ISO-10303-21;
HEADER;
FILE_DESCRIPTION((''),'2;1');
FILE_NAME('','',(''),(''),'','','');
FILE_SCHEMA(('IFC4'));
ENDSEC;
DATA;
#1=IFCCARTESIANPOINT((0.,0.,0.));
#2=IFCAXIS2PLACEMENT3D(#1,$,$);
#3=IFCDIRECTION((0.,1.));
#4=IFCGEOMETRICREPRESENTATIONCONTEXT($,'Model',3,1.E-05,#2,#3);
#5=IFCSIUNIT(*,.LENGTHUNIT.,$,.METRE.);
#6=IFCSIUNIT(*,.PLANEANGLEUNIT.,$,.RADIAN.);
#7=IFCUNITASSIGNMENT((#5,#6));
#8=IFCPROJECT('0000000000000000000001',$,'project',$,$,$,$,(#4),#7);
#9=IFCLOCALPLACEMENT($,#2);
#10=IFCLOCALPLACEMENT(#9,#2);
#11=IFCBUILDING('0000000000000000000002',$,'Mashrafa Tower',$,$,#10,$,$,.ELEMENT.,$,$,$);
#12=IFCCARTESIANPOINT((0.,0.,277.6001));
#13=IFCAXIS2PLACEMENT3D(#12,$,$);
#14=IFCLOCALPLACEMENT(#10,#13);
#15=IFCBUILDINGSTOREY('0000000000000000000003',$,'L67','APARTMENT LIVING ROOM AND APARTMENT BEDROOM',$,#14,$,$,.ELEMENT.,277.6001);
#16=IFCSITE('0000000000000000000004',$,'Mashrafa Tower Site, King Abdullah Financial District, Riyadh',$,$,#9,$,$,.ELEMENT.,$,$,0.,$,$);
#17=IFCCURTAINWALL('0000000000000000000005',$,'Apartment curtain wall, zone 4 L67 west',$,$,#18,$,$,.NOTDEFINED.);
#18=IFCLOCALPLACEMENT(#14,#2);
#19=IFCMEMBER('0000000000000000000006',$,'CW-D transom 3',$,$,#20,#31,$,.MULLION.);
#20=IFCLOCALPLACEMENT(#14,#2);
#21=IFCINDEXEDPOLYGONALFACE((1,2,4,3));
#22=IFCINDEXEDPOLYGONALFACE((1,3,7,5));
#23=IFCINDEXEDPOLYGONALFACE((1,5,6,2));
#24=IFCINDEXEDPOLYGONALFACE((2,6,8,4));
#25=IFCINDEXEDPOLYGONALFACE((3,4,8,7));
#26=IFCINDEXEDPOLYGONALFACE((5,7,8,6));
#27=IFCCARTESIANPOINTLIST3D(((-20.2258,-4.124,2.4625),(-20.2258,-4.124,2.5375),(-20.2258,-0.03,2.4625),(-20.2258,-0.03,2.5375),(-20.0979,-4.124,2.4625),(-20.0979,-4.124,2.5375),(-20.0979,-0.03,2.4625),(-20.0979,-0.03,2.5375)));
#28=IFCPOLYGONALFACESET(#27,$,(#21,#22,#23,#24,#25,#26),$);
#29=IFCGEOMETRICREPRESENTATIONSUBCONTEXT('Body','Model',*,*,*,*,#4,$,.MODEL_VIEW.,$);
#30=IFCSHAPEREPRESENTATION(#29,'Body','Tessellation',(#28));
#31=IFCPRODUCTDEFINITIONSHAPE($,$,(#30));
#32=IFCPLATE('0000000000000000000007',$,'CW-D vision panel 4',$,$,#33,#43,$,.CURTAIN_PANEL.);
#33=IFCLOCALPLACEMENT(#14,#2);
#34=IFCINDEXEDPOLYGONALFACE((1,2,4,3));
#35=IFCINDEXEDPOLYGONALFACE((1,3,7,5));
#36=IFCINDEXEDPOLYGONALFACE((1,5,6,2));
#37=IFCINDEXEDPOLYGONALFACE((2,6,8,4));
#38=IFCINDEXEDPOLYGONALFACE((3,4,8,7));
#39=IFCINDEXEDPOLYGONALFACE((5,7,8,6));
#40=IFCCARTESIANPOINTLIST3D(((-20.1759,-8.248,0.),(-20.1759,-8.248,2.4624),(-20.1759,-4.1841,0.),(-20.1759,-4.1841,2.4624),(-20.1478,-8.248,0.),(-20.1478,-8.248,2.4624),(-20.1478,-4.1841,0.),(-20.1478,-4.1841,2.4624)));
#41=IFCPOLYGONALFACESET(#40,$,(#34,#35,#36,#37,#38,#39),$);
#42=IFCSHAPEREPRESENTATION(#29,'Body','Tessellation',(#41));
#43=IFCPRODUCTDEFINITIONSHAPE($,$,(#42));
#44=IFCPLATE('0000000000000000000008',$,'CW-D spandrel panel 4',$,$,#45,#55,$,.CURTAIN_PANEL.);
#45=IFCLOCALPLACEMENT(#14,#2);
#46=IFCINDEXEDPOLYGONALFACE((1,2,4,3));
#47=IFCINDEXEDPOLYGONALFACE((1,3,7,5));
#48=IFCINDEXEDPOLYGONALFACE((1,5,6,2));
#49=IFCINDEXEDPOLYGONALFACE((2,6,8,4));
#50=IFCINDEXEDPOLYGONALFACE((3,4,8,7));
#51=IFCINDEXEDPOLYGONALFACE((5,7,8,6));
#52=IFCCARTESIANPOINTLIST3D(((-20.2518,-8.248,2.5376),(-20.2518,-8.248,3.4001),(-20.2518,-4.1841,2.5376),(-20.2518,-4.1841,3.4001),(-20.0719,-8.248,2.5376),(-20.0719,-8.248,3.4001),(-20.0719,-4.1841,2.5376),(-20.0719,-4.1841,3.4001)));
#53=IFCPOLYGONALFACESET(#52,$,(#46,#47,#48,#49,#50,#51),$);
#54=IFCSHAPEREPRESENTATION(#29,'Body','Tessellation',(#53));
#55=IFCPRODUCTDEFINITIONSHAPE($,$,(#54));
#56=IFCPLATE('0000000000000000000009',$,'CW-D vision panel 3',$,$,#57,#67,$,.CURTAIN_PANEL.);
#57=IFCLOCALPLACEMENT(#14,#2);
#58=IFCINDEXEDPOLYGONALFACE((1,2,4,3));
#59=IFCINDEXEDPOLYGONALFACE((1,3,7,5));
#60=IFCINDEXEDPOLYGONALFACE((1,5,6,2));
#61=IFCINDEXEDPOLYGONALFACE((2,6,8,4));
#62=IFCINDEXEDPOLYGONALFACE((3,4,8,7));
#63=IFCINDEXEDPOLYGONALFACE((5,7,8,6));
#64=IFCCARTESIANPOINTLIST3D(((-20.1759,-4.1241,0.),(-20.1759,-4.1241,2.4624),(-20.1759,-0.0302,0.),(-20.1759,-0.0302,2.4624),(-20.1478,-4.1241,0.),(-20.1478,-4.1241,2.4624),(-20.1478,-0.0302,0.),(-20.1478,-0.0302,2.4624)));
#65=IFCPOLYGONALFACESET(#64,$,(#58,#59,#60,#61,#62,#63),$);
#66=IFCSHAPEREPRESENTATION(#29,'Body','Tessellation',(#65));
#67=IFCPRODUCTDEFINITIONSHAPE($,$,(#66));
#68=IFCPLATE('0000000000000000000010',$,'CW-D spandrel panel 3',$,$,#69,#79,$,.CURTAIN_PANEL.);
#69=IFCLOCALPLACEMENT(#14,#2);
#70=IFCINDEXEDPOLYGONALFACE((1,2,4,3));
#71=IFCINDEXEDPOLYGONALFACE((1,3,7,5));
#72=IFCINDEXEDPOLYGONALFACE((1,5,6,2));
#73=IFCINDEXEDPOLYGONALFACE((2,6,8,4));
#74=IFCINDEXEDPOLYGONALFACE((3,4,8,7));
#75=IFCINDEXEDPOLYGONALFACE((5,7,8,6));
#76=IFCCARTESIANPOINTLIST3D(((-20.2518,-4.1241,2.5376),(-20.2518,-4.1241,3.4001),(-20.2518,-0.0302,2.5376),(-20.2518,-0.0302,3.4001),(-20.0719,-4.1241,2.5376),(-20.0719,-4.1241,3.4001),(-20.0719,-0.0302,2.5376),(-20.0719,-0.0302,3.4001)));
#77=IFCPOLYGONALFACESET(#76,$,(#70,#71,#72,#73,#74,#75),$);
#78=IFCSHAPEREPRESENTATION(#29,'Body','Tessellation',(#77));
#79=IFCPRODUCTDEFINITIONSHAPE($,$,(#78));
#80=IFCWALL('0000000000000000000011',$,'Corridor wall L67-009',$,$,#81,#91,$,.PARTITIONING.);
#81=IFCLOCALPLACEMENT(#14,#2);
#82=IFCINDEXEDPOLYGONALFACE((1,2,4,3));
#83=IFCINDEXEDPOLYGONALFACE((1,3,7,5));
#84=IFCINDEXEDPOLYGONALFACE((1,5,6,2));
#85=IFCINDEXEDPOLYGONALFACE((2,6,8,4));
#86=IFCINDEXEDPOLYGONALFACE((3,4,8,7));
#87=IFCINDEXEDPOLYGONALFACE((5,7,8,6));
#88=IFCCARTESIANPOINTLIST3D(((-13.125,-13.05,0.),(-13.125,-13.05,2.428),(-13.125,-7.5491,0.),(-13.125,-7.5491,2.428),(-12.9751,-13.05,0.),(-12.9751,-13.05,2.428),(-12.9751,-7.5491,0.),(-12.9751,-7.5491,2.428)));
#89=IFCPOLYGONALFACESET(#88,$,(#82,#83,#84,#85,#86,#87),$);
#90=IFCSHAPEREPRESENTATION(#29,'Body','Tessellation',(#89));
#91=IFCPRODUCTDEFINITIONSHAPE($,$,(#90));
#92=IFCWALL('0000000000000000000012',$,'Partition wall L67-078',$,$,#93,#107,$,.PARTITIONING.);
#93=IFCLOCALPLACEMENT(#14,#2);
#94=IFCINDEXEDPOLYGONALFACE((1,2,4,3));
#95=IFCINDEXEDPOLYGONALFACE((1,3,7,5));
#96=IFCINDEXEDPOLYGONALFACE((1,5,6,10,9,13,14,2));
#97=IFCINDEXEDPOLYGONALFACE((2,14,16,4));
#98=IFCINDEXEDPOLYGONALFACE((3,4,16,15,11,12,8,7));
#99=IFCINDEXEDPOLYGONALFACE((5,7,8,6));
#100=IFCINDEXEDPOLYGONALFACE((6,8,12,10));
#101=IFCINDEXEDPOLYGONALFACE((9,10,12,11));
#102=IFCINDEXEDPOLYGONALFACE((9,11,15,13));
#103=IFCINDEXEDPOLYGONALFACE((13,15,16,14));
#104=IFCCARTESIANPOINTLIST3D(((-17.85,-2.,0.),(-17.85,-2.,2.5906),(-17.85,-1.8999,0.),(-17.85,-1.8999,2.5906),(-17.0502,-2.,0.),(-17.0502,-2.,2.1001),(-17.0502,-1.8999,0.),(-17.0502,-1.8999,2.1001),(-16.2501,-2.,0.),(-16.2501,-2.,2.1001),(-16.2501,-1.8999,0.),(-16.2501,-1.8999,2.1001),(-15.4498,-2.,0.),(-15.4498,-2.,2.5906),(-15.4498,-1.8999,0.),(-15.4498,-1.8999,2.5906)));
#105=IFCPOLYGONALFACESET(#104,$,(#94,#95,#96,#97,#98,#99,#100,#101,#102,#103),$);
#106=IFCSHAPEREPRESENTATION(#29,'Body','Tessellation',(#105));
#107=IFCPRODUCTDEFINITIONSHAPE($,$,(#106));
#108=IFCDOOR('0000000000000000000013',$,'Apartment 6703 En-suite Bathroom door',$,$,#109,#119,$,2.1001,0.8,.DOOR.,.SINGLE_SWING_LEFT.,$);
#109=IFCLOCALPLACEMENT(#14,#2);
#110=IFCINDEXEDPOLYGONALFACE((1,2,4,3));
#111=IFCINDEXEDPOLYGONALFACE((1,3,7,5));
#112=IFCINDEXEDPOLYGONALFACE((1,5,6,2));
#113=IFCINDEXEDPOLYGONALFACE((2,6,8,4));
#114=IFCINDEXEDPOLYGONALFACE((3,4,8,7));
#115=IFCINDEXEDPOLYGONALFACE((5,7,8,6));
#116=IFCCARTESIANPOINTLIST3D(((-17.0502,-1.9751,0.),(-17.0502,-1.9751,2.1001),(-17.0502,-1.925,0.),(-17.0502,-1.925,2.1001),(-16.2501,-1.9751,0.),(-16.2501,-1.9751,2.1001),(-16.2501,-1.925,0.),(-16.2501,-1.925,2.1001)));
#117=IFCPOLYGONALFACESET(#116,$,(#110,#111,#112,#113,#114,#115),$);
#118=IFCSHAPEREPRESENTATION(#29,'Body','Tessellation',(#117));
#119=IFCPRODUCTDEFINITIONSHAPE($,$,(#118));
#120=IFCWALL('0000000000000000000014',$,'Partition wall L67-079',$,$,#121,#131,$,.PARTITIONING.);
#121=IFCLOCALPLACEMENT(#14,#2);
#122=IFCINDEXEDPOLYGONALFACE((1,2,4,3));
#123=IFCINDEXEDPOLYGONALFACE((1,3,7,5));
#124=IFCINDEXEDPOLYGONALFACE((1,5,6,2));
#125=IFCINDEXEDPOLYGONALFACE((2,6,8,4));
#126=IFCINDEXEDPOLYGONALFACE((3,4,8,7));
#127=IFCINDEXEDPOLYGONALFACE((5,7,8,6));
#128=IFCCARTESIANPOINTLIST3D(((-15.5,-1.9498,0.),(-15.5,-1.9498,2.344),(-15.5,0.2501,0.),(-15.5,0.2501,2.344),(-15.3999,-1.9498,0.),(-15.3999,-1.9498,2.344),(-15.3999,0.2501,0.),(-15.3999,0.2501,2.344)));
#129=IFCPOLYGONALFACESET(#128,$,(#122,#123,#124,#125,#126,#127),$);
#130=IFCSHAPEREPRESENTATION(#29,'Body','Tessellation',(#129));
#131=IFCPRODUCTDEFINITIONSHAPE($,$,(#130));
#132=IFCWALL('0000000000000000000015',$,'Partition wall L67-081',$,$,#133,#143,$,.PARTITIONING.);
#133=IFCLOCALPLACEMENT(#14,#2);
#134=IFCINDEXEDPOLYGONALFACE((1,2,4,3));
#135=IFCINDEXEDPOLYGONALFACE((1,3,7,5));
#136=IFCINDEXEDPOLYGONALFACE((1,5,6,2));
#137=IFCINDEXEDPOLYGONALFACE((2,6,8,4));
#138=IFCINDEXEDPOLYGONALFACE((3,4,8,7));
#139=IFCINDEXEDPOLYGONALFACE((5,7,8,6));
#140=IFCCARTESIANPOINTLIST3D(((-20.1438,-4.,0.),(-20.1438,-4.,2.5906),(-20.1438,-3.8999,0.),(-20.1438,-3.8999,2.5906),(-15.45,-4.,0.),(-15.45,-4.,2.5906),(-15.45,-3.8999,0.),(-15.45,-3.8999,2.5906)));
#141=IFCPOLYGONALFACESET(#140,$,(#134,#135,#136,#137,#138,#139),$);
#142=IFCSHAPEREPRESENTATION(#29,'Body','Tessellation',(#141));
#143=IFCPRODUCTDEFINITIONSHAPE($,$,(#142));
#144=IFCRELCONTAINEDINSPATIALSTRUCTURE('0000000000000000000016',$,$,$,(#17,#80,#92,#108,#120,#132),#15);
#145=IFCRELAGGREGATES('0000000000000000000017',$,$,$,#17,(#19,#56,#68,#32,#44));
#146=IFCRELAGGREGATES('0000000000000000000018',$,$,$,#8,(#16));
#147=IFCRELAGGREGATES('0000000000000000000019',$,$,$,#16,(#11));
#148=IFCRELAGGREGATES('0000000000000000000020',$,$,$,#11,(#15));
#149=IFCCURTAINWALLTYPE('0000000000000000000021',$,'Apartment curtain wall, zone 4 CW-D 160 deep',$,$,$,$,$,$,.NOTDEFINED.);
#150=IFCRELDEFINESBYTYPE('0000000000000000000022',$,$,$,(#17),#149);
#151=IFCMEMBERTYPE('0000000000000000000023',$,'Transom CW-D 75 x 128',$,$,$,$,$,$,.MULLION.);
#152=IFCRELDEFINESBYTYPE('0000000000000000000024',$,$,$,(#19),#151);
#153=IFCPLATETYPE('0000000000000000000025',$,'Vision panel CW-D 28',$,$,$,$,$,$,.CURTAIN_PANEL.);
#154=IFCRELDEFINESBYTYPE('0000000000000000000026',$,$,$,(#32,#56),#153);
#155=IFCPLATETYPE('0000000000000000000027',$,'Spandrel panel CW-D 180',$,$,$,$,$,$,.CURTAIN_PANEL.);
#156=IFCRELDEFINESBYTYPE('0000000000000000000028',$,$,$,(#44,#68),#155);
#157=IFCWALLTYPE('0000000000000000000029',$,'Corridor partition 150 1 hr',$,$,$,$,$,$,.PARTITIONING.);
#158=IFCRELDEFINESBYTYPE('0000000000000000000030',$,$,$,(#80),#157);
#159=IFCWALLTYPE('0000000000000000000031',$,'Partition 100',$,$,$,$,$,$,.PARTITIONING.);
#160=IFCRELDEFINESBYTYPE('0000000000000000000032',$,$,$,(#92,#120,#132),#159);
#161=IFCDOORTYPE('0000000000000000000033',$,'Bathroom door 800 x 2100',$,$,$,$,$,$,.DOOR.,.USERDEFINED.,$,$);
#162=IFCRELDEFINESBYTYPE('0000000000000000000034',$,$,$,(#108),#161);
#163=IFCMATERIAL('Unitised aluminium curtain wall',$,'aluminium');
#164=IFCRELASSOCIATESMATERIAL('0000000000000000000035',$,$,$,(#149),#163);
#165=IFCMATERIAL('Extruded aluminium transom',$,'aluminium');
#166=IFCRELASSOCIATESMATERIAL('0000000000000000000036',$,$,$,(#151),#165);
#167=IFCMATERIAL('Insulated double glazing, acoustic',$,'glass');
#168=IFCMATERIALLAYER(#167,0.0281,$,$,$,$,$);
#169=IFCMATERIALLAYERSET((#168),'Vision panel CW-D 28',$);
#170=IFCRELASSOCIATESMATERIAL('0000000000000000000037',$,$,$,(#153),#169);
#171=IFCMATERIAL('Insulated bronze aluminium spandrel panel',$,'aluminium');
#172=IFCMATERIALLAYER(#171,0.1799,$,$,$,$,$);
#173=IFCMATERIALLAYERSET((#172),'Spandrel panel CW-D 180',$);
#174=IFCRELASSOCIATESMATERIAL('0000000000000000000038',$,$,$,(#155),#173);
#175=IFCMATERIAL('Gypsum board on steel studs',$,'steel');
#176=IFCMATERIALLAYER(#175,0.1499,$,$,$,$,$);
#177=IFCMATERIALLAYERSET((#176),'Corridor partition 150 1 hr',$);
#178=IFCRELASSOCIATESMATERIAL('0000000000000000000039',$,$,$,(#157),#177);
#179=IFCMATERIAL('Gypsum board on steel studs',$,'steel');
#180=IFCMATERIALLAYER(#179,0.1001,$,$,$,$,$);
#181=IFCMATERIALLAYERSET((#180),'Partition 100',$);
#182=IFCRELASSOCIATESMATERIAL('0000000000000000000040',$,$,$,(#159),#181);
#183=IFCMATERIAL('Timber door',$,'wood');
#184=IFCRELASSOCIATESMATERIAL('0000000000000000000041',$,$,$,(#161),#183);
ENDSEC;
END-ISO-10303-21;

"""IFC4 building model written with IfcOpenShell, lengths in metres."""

from ifc_helpers import new_model, si_unit, direction, frame, frame_2d, origin, origin_2d, place, context, subcontext, project, spatial, rectangle, extrude, source, transform, mapped, material, layer, layer_set, material_profile, profile_set, type_object, type_shapes, element, fill, aggregate, save


model = new_model("IFC4")

# Units and contexts
model_context = context("Model", 3, precision=1e-05, world=origin(), true_north=direction((0.0, 1.0)))
body_context = subcontext(model_context, "Body", "Model", "MODEL_VIEW")
ifc_project = project(units=[si_unit("LENGTHUNIT", "METRE"), si_unit("PLANEANGLEUNIT", "RADIAN")], contexts=[model_context])

# Site, building, storey
site_placement = place(None, origin())
site = spatial("IfcSite", under=ifc_project, at=site_placement, Name="Mashrafa Tower Site, King Abdullah Financial District, Riyadh", CompositionType="ELEMENT", RefElevation=0.0)
building_placement = place(site_placement, origin())
building = spatial("IfcBuilding", under=site, at=building_placement, Name="Mashrafa Tower", CompositionType="ELEMENT")
storey_placement = place(building_placement, frame((0.0, 0.0, 277.6001)))
storey = spatial("IfcBuildingStorey", under=building, at=storey_placement, Name="L67", Description="APARTMENT LIVING ROOM AND APARTMENT BEDROOM", CompositionType="ELEMENT", Elevation=277.6001)

# Curtain wall, member, plates
ifc_material_1 = material(Name="Unitised aluminium curtain wall", Category="aluminium")
curtain_wall_type = type_object("IfcCurtainWallType", Name="Apartment curtain wall, zone 4 CW-D 160 deep", PredefinedType="NOTDEFINED", material=ifc_material_1)
curtain_wall_placement = place(storey_placement, origin())
curtain_wall = element("IfcCurtainWall", 1, at=curtain_wall_placement, inside=storey, type_object=curtain_wall_type, Name="Apartment curtain wall, zone 4 L67 west", PredefinedType="NOTDEFINED")
ifc_material_2 = material(Name="Extruded aluminium transom", Category="aluminium")
ifc_material_profile_1 = material_profile(ifc_material_2, rectangle(XDim=0.1279, YDim=0.075, at=origin_2d()), Name="Transom 75x128")
ifc_profile_set_1 = profile_set([ifc_material_profile_1], Name="Extruded aluminium transom")
member_type_1 = type_object("IfcMemberType", Name="Transom CW-D 75 x 128", PredefinedType="MULLION", material=ifc_profile_set_1)
shared_shape_1 = source(origin(), body_context, "Body", "SweptSolid", [
    extrude(rectangle(XDim=0.1279, YDim=0.075, at=origin_2d()), origin(), (0.0, 0.0, 1.0), 4.094),
])
member_1_placement = place(storey_placement, frame((-20.1619, -0.03, 2.5), z_axis=(0.0, -1.0, 0.0), x_axis=(1.0, 0.0, 0.0)))
member_1 = element("IfcMember", 2, at=member_1_placement, type_object=member_type_1, Name="CW-D transom 3", PredefinedType="MULLION", context=body_context, shape_type="MappedRepresentation", body=[
    mapped(shared_shape_1, transform((0.0, 0.0, 0.0))),
])
ifc_material_3 = material(Name="Insulated double glazing, acoustic", Category="glass")
ifc_layer_1 = layer(ifc_material_3, 0.0281)
ifc_layer_set_1 = layer_set([ifc_layer_1], Name="Vision panel CW-D 28")
plate_type_1 = type_object("IfcPlateType", Name="Vision panel CW-D 28", PredefinedType="CURTAIN_PANEL", material=ifc_layer_set_1)
shared_shape_2 = source(origin(), body_context, "Body", "SweptSolid", [
    extrude(rectangle(XDim=4.064, YDim=0.0281, at=origin_2d()), origin(), (0.0, 0.0, 1.0), 2.4624),
])
plate_1_placement = place(storey_placement, frame((-20.1619, -6.2161, 0.0), z_axis=(0.0, 0.0, 1.0), x_axis=(0.0, -1.0, 0.0)))
plate_1 = element("IfcPlate", 3, at=plate_1_placement, type_object=plate_type_1, Name="CW-D vision panel 4", PredefinedType="CURTAIN_PANEL", context=body_context, shape_type="MappedRepresentation", body=[
    mapped(shared_shape_2, transform((0.0, 0.0, 0.0))),
])
ifc_material_4 = material(Name="Insulated bronze aluminium spandrel panel", Category="aluminium")
ifc_layer_2 = layer(ifc_material_4, 0.1799)
ifc_layer_set_2 = layer_set([ifc_layer_2], Name="Spandrel panel CW-D 180")
plate_type_2 = type_object("IfcPlateType", Name="Spandrel panel CW-D 180", PredefinedType="CURTAIN_PANEL", material=ifc_layer_set_2)
shared_shape_3 = source(origin(), body_context, "Body", "SweptSolid", [
    extrude(rectangle(XDim=4.064, YDim=0.1799, at=origin_2d()), origin(), (0.0, 0.0, 1.0), 0.8625),
])
plate_2_placement = place(storey_placement, frame((-20.1619, -6.2161, 2.5376), z_axis=(0.0, 0.0, 1.0), x_axis=(0.0, -1.0, 0.0)))
plate_2 = element("IfcPlate", 4, at=plate_2_placement, type_object=plate_type_2, Name="CW-D spandrel panel 4", PredefinedType="CURTAIN_PANEL", context=body_context, shape_type="MappedRepresentation", body=[
    mapped(shared_shape_3, transform((0.0, 0.0, 0.0))),
])
shared_shape_4 = source(origin(), body_context, "Body", "SweptSolid", [
    extrude(rectangle(XDim=4.094, YDim=0.0281, at=origin_2d()), origin(), (0.0, 0.0, 1.0), 2.4624),
])
type_shapes(plate_type_1, [shared_shape_2, shared_shape_4])
plate_3_placement = place(storey_placement, frame((-20.1619, -2.0771, 0.0), z_axis=(0.0, 0.0, 1.0), x_axis=(0.0, -1.0, 0.0)))
plate_3 = element("IfcPlate", 5, at=plate_3_placement, type_object=plate_type_1, Name="CW-D vision panel 3", PredefinedType="CURTAIN_PANEL", context=body_context, shape_type="MappedRepresentation", body=[
    mapped(shared_shape_4, transform((0.0, 0.0, 0.0))),
])
shared_shape_5 = source(origin(), body_context, "Body", "SweptSolid", [
    extrude(rectangle(XDim=4.094, YDim=0.1799, at=origin_2d()), origin(), (0.0, 0.0, 1.0), 0.8625),
])
type_shapes(plate_type_2, [shared_shape_3, shared_shape_5])
plate_4_placement = place(storey_placement, frame((-20.1619, -2.0771, 2.5376), z_axis=(0.0, 0.0, 1.0), x_axis=(0.0, -1.0, 0.0)))
plate_4 = element("IfcPlate", 6, at=plate_4_placement, type_object=plate_type_2, Name="CW-D spandrel panel 3", PredefinedType="CURTAIN_PANEL", context=body_context, shape_type="MappedRepresentation", body=[
    mapped(shared_shape_5, transform((0.0, 0.0, 0.0))),
])
aggregate(curtain_wall, [member_1, plate_3, plate_4, plate_1, plate_2])

# Wall
ifc_material_5 = material(Name="Gypsum board on steel studs", Category="steel")
ifc_layer_3 = layer(ifc_material_5, 0.1499)
ifc_layer_set_3 = layer_set([ifc_layer_3], Name="Corridor partition 150 1 hr")
wall_type_1 = type_object("IfcWallType", Name="Corridor partition 150 1 hr", PredefinedType="PARTITIONING", material=ifc_layer_set_3)
wall_1_placement = place(storey_placement, frame((-13.05, -7.5491, 0.0), z_axis=(0.0, 0.0, 1.0), x_axis=(0.0, -1.0, 0.0)))
element("IfcWall", 7, at=wall_1_placement, inside=storey, type_object=wall_type_1, Name="Corridor wall L67-009", PredefinedType="PARTITIONING", context=body_context, shape_type="SweptSolid", body=[
    extrude(rectangle(XDim=5.501, YDim=0.1499, at=frame_2d((2.7505, 0.0))), origin(), (0.0, 0.0, 1.0), 2.428),
])

# Wall, opening, door
ifc_material_6 = material(Name="Gypsum board on steel studs", Category="steel")
ifc_layer_4 = layer(ifc_material_6, 0.1001)
ifc_layer_set_4 = layer_set([ifc_layer_4], Name="Partition 100")
wall_type_2 = type_object("IfcWallType", Name="Partition 100", PredefinedType="PARTITIONING", material=ifc_layer_set_4)
wall_2_placement = place(storey_placement, frame((-17.8501, -1.95, 0.0), z_axis=(0.0, 0.0, 1.0), x_axis=(1.0, 0.0, 0.0)))
wall_2 = element("IfcWall", 8, at=wall_2_placement, inside=storey, type_object=wall_type_2, Name="Partition wall L67-078", PredefinedType="PARTITIONING", context=body_context, shape_type="SweptSolid", body=[
    extrude(rectangle(XDim=2.4001, YDim=0.1001, at=frame_2d((1.2002, 0.0))), origin(), (0.0, 0.0, 1.0), 2.5906),
])
opening_1_placement = place(wall_2_placement, frame((0.8, 0.0, 0.0)))
opening_1 = element("IfcOpeningElement", 9, at=opening_1_placement, cuts=wall_2, PredefinedType="OPENING", context=body_context, shape_type="SweptSolid", body=[
    extrude(rectangle(XDim=0.8, YDim=2.1001, at=frame_2d((0.3999, 1.05))), frame((0.0, 0.0601, 0.0), z_axis=(0.0, -1.0, 0.0), x_axis=(1.0, 0.0, 0.0)), (0.0, 0.0, 1.0), 0.1201),
])
ifc_material_7 = material(Name="Timber door", Category="wood")
door_type_1 = type_object("IfcDoorType", Name="Bathroom door 800 x 2100", OperationType="USERDEFINED", PredefinedType="DOOR", material=ifc_material_7)
door_1_placement = place(opening_1_placement, origin())
door_1 = element("IfcDoor", 10, at=door_1_placement, inside=storey, type_object=door_type_1, Name="Apartment 6703 En-suite Bathroom door", OperationType="SINGLE_SWING_LEFT", OverallHeight=2.1001, OverallWidth=0.8, PredefinedType="DOOR", context=body_context, shape_type="SweptSolid", body=[
    extrude(rectangle(XDim=0.8, YDim=2.1001, at=frame_2d((0.3999, 1.05))), frame((0.0, 0.0249, 0.0), z_axis=(0.0, -1.0, 0.0), x_axis=(1.0, 0.0, 0.0)), (0.0, 0.0, 1.0), 0.05),
])
fill(opening_1, door_1)

# Walls
wall_3_placement = place(storey_placement, frame((-15.45, -1.95, 0.0), z_axis=(0.0, 0.0, 1.0), x_axis=(0.0, 1.0, 0.0)))
element("IfcWall", 11, at=wall_3_placement, inside=storey, type_object=wall_type_2, Name="Partition wall L67-079", PredefinedType="PARTITIONING", context=body_context, shape_type="SweptSolid", body=[
    extrude(rectangle(XDim=2.2, YDim=0.1001, at=frame_2d((1.1001, 0.0))), origin(), (0.0, 0.0, 1.0), 2.344),
])
wall_4_placement = place(storey_placement, frame((-20.1438, -3.95, 0.0), z_axis=(0.0, 0.0, 1.0), x_axis=(1.0, 0.0, 0.0)))
element("IfcWall", 12, at=wall_4_placement, inside=storey, type_object=wall_type_2, Name="Partition wall L67-081", PredefinedType="PARTITIONING", context=body_context, shape_type="SweptSolid", body=[
    extrude(rectangle(XDim=4.6938, YDim=0.1001, at=frame_2d((2.3469, 0.0))), origin(), (0.0, 0.0, 1.0), 2.5906),
])

save(model, "model.ifc")
